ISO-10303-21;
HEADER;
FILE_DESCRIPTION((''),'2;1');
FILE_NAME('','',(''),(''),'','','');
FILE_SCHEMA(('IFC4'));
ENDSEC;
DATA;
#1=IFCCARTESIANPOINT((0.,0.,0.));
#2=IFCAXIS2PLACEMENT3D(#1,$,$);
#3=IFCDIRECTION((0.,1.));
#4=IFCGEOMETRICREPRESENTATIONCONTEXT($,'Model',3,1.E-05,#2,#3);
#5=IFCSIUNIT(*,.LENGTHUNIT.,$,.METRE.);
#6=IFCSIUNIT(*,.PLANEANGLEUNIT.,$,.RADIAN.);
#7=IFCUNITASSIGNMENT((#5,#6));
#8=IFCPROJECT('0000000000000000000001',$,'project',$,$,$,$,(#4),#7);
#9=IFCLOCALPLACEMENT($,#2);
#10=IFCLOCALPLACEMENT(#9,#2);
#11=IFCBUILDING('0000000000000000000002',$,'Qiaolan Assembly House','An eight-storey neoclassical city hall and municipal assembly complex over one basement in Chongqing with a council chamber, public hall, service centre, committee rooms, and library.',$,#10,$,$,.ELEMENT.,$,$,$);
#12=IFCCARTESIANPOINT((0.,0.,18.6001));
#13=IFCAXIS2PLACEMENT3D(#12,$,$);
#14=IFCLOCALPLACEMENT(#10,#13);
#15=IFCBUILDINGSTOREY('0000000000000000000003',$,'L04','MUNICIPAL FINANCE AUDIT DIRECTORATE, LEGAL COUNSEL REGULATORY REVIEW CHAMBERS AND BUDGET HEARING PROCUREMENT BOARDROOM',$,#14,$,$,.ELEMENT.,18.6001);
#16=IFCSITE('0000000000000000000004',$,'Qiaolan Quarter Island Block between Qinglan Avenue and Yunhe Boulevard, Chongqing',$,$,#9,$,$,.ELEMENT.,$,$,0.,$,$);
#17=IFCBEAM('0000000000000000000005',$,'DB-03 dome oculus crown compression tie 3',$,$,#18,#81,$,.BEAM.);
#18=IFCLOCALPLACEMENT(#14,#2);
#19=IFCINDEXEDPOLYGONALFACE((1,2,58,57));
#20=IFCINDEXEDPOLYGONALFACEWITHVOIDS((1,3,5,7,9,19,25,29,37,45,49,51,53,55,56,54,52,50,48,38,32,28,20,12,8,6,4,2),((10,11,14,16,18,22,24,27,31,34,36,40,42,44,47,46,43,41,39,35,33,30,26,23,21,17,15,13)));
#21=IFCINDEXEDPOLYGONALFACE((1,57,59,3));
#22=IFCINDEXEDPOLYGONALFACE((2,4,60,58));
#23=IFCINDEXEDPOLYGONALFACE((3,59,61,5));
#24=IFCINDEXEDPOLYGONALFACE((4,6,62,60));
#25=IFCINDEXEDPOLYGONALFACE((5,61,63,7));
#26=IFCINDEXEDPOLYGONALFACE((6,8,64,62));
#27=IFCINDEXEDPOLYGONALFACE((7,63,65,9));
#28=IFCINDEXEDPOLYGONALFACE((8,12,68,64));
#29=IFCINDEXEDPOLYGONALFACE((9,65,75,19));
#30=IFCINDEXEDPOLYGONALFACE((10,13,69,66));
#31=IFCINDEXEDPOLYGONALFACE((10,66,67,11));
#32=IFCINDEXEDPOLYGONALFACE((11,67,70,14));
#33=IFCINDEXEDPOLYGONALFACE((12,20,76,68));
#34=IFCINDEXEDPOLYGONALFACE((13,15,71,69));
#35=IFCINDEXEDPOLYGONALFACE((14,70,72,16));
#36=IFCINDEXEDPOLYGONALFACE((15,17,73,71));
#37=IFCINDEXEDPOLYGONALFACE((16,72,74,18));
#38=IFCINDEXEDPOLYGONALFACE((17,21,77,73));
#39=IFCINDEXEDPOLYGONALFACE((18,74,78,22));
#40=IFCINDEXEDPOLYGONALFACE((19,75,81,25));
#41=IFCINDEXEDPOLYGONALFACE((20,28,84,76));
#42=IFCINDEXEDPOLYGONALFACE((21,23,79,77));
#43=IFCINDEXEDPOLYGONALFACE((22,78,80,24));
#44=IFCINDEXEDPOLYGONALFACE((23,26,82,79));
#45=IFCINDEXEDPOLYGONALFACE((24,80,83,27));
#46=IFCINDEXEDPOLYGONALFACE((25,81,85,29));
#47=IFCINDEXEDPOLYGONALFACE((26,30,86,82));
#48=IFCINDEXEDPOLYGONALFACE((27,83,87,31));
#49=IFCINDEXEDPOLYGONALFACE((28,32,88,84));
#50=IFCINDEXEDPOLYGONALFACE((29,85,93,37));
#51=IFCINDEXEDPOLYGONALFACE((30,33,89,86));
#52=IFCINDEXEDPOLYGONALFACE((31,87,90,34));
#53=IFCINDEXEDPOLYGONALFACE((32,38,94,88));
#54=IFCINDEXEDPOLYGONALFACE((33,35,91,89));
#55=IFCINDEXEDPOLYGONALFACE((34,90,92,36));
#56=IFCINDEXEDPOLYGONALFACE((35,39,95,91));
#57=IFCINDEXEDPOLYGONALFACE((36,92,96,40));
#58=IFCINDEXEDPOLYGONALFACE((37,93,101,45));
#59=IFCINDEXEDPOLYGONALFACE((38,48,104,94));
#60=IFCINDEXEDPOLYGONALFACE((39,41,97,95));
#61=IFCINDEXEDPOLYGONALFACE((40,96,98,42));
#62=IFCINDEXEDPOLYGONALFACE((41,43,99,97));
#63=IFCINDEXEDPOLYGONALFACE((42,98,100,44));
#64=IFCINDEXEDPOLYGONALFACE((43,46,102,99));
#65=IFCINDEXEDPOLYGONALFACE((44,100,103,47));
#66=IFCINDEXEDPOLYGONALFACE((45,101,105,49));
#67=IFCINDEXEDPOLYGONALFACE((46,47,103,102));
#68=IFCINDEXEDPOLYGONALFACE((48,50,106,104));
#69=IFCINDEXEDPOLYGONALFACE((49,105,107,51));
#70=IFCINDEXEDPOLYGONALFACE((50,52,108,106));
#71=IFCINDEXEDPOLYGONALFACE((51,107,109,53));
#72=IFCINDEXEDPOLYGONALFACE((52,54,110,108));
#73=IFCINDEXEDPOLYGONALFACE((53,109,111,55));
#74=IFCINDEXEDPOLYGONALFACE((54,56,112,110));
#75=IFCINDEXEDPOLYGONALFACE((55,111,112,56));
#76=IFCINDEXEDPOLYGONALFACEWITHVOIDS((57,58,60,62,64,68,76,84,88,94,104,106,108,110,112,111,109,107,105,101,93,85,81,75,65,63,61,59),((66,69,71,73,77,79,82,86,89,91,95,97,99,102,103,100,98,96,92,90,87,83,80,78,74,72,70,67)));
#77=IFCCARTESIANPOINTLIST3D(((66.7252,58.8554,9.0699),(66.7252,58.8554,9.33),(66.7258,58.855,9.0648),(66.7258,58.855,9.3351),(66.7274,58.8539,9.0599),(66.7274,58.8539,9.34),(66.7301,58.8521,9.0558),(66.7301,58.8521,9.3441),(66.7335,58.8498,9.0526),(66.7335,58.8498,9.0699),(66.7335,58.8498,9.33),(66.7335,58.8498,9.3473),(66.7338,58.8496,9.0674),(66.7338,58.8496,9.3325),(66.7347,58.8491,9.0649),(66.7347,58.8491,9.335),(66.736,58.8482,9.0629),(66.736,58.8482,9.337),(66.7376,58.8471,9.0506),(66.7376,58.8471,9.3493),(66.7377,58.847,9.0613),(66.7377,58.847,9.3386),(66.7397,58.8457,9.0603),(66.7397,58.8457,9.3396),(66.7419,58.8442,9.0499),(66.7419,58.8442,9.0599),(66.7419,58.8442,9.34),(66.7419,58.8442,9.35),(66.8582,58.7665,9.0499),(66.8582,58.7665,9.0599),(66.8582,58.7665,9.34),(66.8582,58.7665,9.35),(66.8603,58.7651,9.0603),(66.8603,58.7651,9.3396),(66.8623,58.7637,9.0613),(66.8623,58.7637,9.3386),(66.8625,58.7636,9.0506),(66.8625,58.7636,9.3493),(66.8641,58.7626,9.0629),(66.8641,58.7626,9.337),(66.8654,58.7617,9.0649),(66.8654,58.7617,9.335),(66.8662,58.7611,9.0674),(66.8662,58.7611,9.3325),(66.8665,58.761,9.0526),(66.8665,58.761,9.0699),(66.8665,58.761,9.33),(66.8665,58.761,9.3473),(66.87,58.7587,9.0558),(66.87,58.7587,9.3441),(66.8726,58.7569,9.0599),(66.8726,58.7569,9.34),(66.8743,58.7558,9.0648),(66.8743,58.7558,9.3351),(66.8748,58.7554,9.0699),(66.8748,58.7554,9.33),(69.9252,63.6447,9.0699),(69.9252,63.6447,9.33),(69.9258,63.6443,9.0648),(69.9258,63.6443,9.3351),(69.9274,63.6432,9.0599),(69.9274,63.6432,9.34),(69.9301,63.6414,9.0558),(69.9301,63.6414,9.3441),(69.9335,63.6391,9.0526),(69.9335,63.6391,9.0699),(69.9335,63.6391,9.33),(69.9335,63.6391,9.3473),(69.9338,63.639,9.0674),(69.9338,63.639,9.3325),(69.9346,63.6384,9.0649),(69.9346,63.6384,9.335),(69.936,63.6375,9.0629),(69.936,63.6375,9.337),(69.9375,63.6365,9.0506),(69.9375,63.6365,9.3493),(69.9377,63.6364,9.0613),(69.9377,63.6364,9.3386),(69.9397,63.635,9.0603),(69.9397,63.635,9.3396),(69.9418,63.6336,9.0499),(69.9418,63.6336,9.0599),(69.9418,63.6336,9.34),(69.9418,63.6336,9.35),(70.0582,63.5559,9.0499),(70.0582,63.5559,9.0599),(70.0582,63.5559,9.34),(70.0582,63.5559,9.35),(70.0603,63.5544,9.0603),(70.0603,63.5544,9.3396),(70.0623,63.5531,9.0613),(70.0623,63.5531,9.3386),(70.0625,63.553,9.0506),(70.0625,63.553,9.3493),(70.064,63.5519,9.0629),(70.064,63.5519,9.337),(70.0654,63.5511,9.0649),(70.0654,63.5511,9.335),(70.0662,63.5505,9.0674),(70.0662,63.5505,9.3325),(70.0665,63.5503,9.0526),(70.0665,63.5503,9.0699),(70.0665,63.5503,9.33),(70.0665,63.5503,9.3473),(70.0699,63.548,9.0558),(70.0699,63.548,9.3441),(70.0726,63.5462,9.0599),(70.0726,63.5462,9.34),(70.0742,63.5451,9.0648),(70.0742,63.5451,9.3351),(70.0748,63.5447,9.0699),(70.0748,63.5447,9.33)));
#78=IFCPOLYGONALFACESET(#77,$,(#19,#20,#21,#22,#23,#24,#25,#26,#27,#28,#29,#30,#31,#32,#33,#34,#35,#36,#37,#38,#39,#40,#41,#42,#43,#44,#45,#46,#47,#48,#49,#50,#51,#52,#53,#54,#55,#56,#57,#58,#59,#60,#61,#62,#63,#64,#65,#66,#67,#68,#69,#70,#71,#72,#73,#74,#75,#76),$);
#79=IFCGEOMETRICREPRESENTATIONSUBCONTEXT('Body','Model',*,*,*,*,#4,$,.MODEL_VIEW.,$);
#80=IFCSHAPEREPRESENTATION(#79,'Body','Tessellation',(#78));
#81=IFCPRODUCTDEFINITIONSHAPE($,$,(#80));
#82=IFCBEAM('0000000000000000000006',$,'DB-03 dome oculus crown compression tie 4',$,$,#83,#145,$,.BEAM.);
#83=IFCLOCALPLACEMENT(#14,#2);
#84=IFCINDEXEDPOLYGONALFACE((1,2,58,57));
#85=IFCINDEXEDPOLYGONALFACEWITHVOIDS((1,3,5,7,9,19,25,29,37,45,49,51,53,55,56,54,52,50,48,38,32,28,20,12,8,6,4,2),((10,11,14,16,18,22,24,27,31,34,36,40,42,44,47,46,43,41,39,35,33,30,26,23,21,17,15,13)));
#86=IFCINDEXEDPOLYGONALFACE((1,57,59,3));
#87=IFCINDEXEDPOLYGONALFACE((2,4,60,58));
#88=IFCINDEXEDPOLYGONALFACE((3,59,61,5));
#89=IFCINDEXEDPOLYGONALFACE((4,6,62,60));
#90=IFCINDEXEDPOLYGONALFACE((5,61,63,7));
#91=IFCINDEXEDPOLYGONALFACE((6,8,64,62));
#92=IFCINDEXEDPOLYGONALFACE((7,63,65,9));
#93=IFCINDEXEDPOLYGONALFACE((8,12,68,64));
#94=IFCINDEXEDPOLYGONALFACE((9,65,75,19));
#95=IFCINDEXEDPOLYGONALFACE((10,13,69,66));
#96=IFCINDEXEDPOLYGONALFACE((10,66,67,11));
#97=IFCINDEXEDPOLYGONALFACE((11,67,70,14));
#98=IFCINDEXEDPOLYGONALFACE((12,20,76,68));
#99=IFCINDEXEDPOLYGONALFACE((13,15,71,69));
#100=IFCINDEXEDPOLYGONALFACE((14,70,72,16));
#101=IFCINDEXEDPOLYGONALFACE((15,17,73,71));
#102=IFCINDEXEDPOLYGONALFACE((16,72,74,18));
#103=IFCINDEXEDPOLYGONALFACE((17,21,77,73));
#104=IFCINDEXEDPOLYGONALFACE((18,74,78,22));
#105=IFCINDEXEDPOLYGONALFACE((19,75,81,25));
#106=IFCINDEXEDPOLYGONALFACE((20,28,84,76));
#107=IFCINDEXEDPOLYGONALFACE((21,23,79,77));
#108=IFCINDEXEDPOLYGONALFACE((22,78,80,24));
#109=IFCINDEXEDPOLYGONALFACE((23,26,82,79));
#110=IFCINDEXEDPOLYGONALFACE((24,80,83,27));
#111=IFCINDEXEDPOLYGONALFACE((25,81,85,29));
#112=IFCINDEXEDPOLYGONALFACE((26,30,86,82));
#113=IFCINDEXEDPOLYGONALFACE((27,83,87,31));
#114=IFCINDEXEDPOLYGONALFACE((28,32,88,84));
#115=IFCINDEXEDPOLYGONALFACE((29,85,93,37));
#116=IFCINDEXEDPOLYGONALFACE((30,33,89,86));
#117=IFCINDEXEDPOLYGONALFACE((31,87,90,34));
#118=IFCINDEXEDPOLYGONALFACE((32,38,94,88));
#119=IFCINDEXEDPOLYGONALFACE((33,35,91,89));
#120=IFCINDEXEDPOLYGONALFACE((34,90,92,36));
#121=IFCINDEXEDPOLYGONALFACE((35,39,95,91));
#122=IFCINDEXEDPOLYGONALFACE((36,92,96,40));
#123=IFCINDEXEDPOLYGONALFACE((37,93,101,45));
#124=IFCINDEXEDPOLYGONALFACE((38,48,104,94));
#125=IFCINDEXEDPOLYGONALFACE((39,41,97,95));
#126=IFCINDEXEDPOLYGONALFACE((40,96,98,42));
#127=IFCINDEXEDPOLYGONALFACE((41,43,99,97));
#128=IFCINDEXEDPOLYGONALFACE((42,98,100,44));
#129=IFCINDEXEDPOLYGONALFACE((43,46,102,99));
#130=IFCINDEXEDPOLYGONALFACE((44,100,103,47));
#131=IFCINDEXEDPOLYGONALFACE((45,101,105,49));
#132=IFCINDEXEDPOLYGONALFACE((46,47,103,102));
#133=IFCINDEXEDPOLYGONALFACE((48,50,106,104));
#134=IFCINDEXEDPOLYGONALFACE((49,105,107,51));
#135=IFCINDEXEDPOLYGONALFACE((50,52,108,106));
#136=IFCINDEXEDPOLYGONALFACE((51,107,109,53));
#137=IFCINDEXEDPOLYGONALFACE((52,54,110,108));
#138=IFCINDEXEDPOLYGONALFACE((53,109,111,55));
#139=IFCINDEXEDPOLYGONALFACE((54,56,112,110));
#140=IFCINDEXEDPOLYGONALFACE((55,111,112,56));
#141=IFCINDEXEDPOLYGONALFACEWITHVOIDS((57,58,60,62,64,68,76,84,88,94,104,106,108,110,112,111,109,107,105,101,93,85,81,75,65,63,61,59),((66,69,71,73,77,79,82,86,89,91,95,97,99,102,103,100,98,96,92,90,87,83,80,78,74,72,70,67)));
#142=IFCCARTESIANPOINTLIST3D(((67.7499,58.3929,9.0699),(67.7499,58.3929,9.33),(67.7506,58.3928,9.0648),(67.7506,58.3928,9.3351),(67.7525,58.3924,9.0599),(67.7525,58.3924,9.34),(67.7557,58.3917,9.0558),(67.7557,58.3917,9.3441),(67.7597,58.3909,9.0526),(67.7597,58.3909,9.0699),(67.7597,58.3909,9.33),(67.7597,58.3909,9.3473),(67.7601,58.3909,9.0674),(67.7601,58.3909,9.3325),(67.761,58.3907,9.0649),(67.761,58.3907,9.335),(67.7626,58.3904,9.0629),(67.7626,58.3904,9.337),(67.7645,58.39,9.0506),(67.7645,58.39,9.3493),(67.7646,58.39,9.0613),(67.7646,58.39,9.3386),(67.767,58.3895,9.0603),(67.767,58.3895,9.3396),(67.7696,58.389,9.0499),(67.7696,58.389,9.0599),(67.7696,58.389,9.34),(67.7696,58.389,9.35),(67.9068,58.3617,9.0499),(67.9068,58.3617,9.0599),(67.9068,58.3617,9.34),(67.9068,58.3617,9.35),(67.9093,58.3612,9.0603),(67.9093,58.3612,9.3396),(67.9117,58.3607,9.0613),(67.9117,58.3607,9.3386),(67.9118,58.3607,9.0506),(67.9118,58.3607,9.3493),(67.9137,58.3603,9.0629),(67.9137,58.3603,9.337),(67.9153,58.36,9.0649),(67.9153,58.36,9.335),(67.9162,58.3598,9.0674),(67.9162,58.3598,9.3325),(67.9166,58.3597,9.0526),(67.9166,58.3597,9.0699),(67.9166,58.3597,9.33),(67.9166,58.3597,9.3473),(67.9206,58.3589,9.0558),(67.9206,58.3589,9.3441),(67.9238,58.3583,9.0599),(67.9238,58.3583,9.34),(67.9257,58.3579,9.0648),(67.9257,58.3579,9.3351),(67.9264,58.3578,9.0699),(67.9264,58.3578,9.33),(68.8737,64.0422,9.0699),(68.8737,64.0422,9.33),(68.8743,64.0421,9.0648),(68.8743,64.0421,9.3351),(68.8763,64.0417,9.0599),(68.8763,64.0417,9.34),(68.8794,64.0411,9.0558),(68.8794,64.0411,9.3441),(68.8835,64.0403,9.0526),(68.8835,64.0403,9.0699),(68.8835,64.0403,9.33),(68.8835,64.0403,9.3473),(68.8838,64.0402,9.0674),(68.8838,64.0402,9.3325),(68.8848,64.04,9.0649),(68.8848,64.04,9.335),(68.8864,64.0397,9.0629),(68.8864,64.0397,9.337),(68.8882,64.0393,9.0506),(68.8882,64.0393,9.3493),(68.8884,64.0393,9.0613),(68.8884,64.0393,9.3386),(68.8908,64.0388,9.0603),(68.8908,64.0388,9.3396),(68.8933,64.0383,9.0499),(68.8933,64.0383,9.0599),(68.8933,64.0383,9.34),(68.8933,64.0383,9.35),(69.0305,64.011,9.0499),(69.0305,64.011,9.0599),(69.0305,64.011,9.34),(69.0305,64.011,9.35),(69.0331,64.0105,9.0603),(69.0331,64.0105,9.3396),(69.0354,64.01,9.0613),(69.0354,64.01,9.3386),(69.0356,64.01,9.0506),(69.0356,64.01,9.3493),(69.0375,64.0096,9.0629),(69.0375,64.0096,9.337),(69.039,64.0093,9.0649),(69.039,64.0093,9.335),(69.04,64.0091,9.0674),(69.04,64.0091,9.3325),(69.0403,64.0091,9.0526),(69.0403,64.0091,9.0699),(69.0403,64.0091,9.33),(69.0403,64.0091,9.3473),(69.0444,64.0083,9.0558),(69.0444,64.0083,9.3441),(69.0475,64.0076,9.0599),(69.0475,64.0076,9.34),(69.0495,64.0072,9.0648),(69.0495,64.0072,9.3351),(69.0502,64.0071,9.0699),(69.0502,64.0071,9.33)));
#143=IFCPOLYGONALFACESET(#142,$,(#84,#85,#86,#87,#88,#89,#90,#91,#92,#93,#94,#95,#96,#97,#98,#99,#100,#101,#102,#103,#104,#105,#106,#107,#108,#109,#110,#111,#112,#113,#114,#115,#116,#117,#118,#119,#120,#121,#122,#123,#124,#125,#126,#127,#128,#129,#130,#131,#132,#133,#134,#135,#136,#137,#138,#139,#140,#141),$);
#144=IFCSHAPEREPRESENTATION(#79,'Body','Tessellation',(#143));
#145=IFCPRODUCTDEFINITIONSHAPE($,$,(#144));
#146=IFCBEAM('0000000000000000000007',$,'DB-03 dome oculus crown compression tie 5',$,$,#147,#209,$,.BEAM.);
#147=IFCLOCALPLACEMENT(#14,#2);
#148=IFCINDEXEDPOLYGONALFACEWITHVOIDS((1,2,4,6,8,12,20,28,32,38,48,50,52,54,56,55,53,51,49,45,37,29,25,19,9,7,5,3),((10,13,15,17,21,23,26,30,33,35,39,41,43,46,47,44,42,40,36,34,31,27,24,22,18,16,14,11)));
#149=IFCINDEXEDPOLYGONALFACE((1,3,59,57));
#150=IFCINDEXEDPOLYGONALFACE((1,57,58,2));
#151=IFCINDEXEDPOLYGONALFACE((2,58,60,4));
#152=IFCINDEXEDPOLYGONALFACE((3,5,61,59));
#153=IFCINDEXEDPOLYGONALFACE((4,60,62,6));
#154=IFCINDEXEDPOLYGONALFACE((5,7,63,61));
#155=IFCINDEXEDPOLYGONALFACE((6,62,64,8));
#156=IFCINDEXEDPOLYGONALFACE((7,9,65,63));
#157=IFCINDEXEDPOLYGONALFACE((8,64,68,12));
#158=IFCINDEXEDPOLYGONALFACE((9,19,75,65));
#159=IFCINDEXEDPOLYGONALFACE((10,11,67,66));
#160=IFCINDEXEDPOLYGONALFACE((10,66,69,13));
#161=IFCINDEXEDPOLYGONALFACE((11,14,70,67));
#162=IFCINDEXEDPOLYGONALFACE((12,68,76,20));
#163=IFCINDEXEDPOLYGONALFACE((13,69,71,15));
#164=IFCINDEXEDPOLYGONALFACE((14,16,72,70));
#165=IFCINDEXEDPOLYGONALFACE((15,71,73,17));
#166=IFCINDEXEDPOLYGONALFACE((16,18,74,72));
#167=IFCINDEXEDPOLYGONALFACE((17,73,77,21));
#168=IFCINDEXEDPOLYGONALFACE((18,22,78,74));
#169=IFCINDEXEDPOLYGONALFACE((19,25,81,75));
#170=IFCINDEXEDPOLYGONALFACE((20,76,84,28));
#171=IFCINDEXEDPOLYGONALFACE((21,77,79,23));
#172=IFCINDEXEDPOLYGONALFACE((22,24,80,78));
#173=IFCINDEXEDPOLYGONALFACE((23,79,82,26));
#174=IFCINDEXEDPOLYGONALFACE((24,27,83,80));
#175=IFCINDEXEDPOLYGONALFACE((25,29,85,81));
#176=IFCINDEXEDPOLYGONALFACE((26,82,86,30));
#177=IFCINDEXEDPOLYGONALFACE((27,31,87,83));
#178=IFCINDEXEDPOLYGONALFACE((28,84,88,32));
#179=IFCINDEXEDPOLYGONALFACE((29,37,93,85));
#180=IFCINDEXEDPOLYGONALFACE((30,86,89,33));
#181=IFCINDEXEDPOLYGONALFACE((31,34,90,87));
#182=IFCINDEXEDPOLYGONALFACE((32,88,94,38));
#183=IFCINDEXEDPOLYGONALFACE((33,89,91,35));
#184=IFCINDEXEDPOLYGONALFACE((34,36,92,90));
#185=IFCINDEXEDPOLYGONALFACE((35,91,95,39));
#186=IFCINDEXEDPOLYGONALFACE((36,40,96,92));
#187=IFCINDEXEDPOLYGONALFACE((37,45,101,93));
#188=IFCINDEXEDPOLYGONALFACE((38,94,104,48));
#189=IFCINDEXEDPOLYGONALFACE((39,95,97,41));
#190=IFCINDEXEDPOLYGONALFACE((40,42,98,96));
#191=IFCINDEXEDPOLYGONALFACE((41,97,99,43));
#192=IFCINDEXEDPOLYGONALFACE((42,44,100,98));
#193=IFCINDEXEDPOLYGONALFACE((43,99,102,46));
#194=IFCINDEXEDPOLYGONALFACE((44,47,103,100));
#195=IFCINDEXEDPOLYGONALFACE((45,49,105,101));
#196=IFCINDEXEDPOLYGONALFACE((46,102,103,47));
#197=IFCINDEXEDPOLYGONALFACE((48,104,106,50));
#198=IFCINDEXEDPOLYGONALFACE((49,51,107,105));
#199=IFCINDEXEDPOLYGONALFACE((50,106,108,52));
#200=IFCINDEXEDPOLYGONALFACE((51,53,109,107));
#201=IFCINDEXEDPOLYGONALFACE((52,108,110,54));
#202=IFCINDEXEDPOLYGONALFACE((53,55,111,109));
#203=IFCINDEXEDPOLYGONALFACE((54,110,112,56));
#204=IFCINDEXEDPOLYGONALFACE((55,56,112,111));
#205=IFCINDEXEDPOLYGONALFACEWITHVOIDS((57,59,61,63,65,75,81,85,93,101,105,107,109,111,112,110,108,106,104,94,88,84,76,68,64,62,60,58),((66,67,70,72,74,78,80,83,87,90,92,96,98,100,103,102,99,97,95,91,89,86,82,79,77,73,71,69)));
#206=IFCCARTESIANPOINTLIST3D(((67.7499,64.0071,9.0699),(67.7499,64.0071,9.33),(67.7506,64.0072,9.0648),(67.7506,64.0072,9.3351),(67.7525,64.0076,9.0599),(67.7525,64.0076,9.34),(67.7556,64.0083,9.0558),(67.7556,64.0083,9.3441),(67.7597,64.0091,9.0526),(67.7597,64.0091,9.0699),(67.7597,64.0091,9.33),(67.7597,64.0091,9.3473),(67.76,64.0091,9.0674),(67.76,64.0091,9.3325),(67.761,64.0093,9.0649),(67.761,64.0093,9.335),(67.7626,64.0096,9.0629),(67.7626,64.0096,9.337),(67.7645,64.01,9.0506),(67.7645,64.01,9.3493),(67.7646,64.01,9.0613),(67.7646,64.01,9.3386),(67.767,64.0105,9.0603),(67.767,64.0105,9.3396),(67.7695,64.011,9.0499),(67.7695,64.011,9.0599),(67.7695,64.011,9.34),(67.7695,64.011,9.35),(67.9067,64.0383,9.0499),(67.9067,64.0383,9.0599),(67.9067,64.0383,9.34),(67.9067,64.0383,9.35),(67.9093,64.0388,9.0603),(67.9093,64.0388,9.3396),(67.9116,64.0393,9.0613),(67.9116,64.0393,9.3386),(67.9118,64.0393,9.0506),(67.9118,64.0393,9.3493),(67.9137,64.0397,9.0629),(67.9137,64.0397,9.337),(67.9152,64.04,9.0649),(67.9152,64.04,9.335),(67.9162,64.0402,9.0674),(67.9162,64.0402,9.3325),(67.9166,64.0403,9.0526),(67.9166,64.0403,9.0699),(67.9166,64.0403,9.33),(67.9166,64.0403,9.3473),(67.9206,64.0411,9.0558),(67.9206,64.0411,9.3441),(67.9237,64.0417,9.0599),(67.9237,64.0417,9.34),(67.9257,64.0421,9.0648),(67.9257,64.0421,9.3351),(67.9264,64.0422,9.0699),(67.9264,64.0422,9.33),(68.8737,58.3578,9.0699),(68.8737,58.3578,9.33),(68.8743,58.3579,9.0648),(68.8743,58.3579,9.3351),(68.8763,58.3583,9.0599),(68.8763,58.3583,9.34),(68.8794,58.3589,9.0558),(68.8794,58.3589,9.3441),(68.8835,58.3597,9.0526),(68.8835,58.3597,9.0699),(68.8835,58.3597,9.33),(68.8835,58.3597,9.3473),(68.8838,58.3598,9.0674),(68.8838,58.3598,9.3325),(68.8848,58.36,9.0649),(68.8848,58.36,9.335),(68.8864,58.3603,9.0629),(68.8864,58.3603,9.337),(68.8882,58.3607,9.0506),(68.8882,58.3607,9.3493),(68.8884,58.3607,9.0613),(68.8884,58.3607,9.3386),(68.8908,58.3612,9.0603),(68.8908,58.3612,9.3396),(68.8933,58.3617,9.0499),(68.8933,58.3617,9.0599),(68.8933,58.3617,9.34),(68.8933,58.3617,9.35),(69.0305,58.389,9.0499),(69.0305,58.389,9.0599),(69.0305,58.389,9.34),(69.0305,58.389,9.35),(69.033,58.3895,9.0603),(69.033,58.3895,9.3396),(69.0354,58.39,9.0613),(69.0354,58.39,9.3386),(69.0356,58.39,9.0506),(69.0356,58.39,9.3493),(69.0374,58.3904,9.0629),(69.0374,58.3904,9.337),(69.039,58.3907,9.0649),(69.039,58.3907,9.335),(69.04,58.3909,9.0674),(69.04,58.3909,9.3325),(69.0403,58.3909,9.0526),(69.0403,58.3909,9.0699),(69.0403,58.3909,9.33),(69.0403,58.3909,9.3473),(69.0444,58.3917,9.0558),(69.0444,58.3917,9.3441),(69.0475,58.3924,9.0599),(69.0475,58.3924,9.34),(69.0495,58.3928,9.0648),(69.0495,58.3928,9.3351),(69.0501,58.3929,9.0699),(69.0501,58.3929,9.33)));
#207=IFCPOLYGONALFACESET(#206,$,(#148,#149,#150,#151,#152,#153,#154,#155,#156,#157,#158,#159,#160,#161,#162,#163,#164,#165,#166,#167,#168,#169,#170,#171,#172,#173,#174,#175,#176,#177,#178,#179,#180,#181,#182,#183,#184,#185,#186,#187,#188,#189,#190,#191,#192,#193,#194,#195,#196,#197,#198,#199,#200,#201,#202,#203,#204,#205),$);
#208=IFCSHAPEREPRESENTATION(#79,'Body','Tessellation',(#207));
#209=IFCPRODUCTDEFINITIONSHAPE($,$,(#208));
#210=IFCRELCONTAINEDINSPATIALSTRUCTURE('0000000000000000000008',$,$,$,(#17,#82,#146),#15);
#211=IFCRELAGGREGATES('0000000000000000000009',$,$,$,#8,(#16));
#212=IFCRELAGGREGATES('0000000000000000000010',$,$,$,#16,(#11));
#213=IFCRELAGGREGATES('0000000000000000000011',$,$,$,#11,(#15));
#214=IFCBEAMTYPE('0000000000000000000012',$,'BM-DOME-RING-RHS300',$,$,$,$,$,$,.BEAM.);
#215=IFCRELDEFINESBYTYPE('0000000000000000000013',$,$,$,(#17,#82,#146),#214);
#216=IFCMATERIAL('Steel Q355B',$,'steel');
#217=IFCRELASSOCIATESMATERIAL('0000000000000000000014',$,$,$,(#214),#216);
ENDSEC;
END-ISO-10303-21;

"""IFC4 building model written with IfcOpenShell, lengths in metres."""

from ifc_helpers import new_model, si_unit, direction, frame, origin, origin_2d, place, context, subcontext, project, spatial, hollow_rectangle, extrude, material, material_profile, profile_set, type_object, element, save


model = new_model("IFC4")

# Units and contexts
model_context = context("Model", 3, precision=1e-05, world=origin(), true_north=direction((0.0, 1.0)))
body_context = subcontext(model_context, "Body", "Model", "MODEL_VIEW")
ifc_project = project(units=[si_unit("LENGTHUNIT", "METRE"), si_unit("PLANEANGLEUNIT", "RADIAN")], contexts=[model_context])

# Site, building, storey
site_placement = place(None, origin())
site = spatial("IfcSite", under=ifc_project, at=site_placement, Name="Qiaolan Quarter Island Block between Qinglan Avenue and Yunhe Boulevard, Chongqing", CompositionType="ELEMENT", RefElevation=0.0)
building_placement = place(site_placement, origin())
building = spatial("IfcBuilding", under=site, at=building_placement, Name="Qiaolan Assembly House", Description="An eight-storey neoclassical city hall and municipal assembly complex over one basement in Chongqing with a council chamber, public hall, service centre, committee rooms, and library.", CompositionType="ELEMENT")
storey_placement = place(building_placement, frame((0.0, 0.0, 18.6001)))
storey = spatial("IfcBuildingStorey", under=building, at=storey_placement, Name="L04", Description="MUNICIPAL FINANCE AUDIT DIRECTORATE, LEGAL COUNSEL REGULATORY REVIEW CHAMBERS AND BUDGET HEARING PROCUREMENT BOARDROOM", CompositionType="ELEMENT", Elevation=18.6001)

# Beams
ifc_material_1 = material(Name="Steel Q355B", Category="steel")
ifc_material_profile = material_profile(ifc_material_1, hollow_rectangle(XDim=0.1799, YDim=0.3, WallThickness=0.01, InnerFilletRadius=0.01, OuterFilletRadius=0.02, at=origin_2d()), Name="RHS 300x180x10")
ifc_profile_set = profile_set([ifc_material_profile], Name="Steel Q355B")
beam_type = type_object("IfcBeamType", Name="BM-DOME-RING-RHS300", PredefinedType="BEAM", material=ifc_profile_set)
for number, where, z_axis, x_axis, name in (
    (1, (70.0, 63.5947, 9.2), (-0.555551, -0.831483, 0.0), (0.831483, -0.555551, 0.0), "DB-03 dome oculus crown compression tie 3"),
    (2, (68.9619, 64.0247, 9.2), (-0.195097, -0.980784, 0.0), (0.980784, -0.195097, 0.0), "DB-03 dome oculus crown compression tie 4"),
    (3, (67.8381, 64.0247, 9.2), (0.195097, -0.980784, 0.0), (0.980784, 0.195097, 0.0), "DB-03 dome oculus crown compression tie 5"),
):
    element("IfcBeam", number, at=place(storey_placement, frame(where, z_axis=z_axis, x_axis=x_axis)), inside=storey, type_object=beam_type, Name=name, PredefinedType="BEAM", context=body_context, shape_type="SweptSolid", body=[
        extrude(hollow_rectangle(XDim=0.1799, YDim=0.3, WallThickness=0.01, InnerFilletRadius=0.01, OuterFilletRadius=0.02, at=origin_2d()), origin(), (0.0, 0.0, 1.0), 5.76),
    ])

save(model, "model.ifc")
